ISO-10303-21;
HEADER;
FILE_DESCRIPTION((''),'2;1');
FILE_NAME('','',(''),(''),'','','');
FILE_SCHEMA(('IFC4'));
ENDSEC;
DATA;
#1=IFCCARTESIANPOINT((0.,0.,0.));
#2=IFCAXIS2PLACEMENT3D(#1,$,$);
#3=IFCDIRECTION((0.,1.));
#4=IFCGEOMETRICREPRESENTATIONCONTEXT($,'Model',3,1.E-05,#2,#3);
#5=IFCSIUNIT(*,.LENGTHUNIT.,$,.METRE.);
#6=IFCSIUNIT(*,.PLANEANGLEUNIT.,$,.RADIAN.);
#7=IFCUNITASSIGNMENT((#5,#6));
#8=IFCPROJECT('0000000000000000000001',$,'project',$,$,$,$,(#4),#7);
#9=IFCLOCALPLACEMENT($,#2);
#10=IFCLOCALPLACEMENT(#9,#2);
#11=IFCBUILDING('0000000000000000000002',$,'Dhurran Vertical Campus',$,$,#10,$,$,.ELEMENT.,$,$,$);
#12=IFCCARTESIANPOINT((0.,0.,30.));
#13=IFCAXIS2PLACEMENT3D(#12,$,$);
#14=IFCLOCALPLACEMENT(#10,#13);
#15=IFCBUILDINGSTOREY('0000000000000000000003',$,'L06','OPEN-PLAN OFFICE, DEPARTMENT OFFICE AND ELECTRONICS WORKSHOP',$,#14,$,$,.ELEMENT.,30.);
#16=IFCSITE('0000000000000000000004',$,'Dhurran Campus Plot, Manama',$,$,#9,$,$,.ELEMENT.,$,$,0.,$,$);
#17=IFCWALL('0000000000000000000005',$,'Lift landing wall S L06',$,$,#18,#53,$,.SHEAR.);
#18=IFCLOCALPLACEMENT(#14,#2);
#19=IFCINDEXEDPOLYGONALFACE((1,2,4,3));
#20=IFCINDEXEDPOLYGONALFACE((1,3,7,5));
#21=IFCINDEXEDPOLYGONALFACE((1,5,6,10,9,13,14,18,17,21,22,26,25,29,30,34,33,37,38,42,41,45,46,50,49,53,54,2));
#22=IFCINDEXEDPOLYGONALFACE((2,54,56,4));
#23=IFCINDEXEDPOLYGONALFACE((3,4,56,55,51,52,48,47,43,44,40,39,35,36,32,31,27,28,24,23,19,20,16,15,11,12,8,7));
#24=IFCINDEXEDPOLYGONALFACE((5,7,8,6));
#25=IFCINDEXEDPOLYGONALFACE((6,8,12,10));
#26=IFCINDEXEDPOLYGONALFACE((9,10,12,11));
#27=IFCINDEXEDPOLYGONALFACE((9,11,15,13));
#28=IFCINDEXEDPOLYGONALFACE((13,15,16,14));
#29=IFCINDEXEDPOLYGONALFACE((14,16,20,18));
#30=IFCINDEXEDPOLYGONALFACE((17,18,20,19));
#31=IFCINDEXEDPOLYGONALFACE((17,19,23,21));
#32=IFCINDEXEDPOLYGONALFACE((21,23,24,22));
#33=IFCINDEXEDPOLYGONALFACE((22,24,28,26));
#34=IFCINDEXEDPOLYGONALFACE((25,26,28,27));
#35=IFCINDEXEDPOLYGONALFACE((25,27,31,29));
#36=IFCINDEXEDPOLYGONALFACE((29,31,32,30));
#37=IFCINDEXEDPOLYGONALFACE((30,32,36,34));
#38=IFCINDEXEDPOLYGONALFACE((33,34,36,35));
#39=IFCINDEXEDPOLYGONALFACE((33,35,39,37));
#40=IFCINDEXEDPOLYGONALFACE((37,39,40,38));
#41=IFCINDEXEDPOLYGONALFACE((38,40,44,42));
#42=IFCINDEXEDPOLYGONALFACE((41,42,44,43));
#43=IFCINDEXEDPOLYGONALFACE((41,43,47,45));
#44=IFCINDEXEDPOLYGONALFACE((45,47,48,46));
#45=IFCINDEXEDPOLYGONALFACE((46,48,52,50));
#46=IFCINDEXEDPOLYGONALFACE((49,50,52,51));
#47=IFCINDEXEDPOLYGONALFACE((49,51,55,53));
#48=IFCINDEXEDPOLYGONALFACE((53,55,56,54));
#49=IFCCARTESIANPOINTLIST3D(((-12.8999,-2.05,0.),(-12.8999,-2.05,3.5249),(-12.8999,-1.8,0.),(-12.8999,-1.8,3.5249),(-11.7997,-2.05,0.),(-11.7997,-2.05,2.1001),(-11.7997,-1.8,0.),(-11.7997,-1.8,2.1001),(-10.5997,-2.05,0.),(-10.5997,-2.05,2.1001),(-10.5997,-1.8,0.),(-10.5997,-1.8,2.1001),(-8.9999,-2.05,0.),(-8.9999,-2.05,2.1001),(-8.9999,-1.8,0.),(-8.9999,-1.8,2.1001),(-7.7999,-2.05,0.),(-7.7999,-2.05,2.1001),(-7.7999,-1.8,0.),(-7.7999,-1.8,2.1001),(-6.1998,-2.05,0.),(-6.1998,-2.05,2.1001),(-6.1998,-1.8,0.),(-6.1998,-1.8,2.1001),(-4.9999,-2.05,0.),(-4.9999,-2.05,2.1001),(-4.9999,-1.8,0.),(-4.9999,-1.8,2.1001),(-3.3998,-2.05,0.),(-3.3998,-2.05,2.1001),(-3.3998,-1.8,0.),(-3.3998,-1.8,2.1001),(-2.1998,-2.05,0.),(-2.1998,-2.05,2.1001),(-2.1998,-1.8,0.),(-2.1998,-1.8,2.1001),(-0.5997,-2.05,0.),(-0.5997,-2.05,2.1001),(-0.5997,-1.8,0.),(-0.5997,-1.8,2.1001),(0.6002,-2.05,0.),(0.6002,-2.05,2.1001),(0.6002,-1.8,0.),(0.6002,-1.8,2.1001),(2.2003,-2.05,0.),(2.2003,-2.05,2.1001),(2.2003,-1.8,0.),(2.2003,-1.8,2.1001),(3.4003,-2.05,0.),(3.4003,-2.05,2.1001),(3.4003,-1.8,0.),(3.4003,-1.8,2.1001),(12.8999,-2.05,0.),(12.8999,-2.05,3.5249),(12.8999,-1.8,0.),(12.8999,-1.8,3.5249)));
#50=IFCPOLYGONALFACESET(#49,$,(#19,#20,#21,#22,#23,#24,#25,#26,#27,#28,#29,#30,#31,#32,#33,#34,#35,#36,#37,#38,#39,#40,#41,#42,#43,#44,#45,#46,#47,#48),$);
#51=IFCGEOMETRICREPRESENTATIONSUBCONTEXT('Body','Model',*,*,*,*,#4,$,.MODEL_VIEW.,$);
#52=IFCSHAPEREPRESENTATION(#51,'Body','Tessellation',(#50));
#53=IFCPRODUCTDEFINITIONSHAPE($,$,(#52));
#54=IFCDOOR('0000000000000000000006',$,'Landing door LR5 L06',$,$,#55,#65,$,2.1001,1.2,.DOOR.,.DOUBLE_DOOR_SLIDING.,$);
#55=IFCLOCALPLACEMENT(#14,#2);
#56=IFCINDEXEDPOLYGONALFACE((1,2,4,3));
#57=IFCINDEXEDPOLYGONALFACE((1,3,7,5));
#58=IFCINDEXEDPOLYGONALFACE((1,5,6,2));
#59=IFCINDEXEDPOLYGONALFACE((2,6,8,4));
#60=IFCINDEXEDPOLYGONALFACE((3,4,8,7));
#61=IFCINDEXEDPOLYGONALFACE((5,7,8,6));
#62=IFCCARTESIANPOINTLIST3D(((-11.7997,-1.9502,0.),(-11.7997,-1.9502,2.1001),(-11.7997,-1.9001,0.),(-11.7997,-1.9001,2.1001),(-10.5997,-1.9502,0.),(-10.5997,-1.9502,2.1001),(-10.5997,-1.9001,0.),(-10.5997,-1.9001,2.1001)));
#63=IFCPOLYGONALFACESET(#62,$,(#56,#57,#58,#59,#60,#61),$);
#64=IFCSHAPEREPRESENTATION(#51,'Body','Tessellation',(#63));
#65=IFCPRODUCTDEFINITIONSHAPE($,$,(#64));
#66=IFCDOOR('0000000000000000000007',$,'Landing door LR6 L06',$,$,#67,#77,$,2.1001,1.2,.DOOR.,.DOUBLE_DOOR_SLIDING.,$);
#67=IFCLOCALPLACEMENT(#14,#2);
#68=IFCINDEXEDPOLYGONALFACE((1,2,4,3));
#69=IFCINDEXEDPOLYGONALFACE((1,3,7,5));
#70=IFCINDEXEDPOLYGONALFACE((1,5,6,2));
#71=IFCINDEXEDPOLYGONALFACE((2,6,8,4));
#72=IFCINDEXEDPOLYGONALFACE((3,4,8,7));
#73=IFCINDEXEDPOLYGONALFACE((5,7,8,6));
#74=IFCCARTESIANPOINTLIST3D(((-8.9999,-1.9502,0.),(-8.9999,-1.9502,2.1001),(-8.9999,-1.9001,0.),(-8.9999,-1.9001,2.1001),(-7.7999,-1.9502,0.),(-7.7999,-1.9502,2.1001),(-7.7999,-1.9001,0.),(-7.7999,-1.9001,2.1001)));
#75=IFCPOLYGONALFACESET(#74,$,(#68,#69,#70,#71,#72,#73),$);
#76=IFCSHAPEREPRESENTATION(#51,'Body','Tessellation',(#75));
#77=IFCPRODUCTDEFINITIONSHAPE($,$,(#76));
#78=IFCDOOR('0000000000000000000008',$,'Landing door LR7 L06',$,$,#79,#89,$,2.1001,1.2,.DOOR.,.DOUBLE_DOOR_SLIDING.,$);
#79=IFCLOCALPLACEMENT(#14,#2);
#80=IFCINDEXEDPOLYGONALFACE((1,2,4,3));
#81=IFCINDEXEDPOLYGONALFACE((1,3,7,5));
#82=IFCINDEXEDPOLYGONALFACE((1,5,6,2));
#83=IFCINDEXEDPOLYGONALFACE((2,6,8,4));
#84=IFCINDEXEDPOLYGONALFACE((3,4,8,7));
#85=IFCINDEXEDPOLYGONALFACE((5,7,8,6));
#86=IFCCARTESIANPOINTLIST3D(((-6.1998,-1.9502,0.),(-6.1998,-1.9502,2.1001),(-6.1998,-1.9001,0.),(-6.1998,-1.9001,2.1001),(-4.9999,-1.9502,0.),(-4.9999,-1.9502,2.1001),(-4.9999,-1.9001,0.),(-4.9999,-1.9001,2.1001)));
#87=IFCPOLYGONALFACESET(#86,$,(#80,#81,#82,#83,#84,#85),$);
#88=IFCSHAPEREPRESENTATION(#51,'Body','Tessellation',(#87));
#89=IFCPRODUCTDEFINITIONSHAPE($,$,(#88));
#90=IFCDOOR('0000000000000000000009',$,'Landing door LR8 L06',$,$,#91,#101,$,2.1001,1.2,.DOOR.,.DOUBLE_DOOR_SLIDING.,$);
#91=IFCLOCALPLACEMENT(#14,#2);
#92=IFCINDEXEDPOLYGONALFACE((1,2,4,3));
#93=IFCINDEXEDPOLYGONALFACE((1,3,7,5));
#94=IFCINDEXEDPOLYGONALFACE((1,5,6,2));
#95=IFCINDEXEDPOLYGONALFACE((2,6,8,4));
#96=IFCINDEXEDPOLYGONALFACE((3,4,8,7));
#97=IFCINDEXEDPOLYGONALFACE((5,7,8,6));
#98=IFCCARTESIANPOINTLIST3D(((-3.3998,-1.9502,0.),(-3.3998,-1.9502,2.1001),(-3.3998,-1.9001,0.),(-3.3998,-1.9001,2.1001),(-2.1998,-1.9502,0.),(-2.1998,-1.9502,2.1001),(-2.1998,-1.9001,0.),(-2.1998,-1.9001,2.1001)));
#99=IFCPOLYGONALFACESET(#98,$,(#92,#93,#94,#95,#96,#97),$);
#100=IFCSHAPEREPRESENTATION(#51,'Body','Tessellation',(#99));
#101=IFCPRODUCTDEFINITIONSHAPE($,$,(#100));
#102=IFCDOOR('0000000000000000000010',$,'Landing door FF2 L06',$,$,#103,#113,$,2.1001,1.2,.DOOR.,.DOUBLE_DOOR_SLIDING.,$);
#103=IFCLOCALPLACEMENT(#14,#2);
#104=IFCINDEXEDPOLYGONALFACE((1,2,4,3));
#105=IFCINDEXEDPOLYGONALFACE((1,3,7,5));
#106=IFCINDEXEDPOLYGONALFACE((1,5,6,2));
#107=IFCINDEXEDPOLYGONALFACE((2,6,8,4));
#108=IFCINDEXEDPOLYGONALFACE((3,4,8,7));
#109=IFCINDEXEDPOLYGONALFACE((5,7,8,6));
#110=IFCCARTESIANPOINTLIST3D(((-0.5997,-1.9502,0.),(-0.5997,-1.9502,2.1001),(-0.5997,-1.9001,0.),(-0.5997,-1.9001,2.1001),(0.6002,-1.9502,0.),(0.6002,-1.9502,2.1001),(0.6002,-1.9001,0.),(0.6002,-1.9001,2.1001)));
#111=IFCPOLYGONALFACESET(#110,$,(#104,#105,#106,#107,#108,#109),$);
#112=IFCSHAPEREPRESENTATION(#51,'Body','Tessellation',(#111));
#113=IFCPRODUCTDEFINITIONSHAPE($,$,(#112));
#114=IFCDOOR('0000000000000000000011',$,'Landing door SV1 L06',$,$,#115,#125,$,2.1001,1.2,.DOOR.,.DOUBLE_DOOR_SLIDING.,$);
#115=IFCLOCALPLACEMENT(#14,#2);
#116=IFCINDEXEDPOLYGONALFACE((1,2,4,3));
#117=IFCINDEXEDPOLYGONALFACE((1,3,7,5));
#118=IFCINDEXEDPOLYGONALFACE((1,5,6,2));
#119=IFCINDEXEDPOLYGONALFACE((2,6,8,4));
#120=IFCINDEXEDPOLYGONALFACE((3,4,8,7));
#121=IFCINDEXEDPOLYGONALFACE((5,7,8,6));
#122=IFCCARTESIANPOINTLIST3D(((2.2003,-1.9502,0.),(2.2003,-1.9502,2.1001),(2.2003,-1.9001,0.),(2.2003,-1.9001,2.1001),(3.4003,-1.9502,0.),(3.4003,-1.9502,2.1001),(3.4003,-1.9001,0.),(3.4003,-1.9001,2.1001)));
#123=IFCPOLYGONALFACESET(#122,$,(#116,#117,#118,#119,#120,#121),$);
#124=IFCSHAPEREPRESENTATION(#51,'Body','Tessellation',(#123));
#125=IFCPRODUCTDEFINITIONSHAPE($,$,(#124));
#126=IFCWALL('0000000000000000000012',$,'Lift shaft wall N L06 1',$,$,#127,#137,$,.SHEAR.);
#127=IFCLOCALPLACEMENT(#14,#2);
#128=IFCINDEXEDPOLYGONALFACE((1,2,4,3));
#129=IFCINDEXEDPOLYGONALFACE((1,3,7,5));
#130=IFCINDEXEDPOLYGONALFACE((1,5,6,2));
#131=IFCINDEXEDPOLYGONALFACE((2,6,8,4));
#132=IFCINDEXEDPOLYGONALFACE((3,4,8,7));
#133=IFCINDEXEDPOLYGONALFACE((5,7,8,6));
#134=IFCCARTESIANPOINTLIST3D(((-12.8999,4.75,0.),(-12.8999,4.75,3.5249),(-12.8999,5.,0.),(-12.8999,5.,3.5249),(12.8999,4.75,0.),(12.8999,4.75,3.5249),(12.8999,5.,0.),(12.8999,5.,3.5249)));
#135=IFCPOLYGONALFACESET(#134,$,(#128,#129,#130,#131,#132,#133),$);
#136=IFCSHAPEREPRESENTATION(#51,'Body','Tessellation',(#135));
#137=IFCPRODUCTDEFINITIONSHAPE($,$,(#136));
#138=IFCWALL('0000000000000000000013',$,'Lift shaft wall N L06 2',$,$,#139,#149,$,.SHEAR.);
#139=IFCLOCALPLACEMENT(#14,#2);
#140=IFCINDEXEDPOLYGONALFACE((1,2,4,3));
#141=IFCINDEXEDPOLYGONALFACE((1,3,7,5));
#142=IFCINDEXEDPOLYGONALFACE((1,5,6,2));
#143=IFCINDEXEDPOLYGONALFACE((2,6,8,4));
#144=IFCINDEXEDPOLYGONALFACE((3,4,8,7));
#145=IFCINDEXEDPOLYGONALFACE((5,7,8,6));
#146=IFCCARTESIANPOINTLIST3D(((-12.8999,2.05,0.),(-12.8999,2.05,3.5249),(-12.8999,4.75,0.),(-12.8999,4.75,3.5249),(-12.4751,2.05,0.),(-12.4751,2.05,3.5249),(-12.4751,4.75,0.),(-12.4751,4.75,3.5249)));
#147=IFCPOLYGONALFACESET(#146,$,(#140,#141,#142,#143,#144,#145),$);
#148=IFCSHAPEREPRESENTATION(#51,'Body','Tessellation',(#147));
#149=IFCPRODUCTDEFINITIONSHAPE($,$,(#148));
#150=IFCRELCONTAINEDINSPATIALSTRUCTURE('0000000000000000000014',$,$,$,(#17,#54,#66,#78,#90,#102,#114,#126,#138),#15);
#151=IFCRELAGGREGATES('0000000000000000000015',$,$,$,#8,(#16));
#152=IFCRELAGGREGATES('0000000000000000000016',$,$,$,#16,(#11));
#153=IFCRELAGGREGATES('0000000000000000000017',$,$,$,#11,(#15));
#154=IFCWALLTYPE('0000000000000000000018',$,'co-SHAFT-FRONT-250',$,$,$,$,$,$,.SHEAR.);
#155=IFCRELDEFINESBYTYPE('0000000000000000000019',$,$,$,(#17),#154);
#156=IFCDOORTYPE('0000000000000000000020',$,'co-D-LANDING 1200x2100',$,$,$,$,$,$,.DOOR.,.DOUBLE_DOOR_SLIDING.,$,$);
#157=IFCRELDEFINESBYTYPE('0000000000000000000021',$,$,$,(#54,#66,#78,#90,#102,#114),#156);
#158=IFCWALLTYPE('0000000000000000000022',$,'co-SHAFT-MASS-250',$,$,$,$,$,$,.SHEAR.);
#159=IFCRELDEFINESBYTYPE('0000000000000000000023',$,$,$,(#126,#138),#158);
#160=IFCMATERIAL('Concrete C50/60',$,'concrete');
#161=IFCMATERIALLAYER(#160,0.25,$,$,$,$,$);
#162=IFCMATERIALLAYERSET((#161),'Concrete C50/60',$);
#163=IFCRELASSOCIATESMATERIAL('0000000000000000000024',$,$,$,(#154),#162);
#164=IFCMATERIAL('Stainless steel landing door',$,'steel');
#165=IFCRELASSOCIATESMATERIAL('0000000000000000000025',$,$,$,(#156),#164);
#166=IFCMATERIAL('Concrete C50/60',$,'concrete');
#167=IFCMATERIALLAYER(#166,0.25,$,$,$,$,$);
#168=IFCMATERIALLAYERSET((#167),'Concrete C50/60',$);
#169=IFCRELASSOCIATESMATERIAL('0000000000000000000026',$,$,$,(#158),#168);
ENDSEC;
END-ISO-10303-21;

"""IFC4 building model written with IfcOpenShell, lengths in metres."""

from ifc_helpers import new_model, si_unit, direction, frame, frame_2d, origin, place, context, subcontext, project, spatial, polyline, rectangle, outline, extrude, material, layer, layer_set, type_object, element, fill, save


model = new_model("IFC4")

# Units and contexts
model_context = context("Model", 3, precision=1e-05, world=origin(), true_north=direction((0.0, 1.0)))
body_context = subcontext(model_context, "Body", "Model", "MODEL_VIEW")
ifc_project = project(units=[si_unit("LENGTHUNIT", "METRE"), si_unit("PLANEANGLEUNIT", "RADIAN")], contexts=[model_context])

# Site, building, storey
site_placement = place(None, origin())
site = spatial("IfcSite", under=ifc_project, at=site_placement, Name="Dhurran Campus Plot, Manama", CompositionType="ELEMENT", RefElevation=0.0)
building_placement = place(site_placement, origin())
building = spatial("IfcBuilding", under=site, at=building_placement, Name="Dhurran Vertical Campus", CompositionType="ELEMENT")
storey_placement = place(building_placement, frame((0.0, 0.0, 30.0)))
storey = spatial("IfcBuildingStorey", under=building, at=storey_placement, Name="L06", Description="OPEN-PLAN OFFICE, DEPARTMENT OFFICE AND ELECTRONICS WORKSHOP", CompositionType="ELEMENT", Elevation=30.0)

# Wall, openings, doors
ifc_material_1 = material(Name="Concrete C50/60", Category="concrete")
ifc_layer_1 = layer(ifc_material_1, 0.25)
ifc_layer_set_1 = layer_set([ifc_layer_1], Name="Concrete C50/60")
wall_type_1 = type_object("IfcWallType", Name="co-SHAFT-FRONT-250", PredefinedType="SHEAR", material=ifc_layer_set_1)
wall_1_placement = place(storey_placement, frame((-12.8999, -1.925, 0.0), z_axis=(0.0, 0.0, 1.0), x_axis=(1.0, 0.0, 0.0)))
wall_1 = element("IfcWall", 1, at=wall_1_placement, inside=storey, type_object=wall_type_1, Name="Lift landing wall S L06", PredefinedType="SHEAR", context=body_context, shape_type="SweptSolid", body=[
    extrude(rectangle(XDim=25.7998, YDim=0.25, at=frame_2d((12.8999, 0.0))), origin(), (0.0, 0.0, 1.0), 3.5249),
])
opening_1_placement = place(wall_1_placement, frame((1.1001, 0.0, 0.0)))
opening_1 = element("IfcOpeningElement", 2, at=opening_1_placement, cuts=wall_1, PredefinedType="OPENING", context=body_context, shape_type="SweptSolid", body=[
    extrude(rectangle(XDim=1.2, YDim=2.1001, at=frame_2d((0.6001, 1.05))), frame((0.0, 0.135, 0.0), z_axis=(0.0, -1.0, 0.0), x_axis=(1.0, 0.0, 0.0)), (0.0, 0.0, 1.0), 0.27),
])
opening_2_placement = place(wall_1_placement, frame((3.8999, 0.0, 0.0)))
opening_2 = element("IfcOpeningElement", 3, at=opening_2_placement, cuts=wall_1, PredefinedType="OPENING", context=body_context, shape_type="SweptSolid", body=[
    extrude(rectangle(XDim=1.2, YDim=2.1001, at=frame_2d((0.6001, 1.05))), frame((0.0, 0.135, 0.0), z_axis=(0.0, -1.0, 0.0), x_axis=(1.0, 0.0, 0.0)), (0.0, 0.0, 1.0), 0.27),
])
opening_3_placement = place(wall_1_placement, frame((6.7, 0.0, 0.0)))
opening_3 = element("IfcOpeningElement", 4, at=opening_3_placement, cuts=wall_1, PredefinedType="OPENING", context=body_context, shape_type="SweptSolid", body=[
    extrude(rectangle(XDim=1.2, YDim=2.1001, at=frame_2d((0.6001, 1.05))), frame((0.0, 0.135, 0.0), z_axis=(0.0, -1.0, 0.0), x_axis=(1.0, 0.0, 0.0)), (0.0, 0.0, 1.0), 0.27),
])
opening_4_placement = place(wall_1_placement, frame((9.5, 0.0, 0.0)))
opening_4 = element("IfcOpeningElement", 5, at=opening_4_placement, cuts=wall_1, PredefinedType="OPENING", context=body_context, shape_type="SweptSolid", body=[
    extrude(rectangle(XDim=1.2, YDim=2.1001, at=frame_2d((0.6001, 1.05))), frame((0.0, 0.135, 0.0), z_axis=(0.0, -1.0, 0.0), x_axis=(1.0, 0.0, 0.0)), (0.0, 0.0, 1.0), 0.27),
])
opening_5_placement = place(wall_1_placement, frame((12.3, 0.0, 0.0)))
opening_5 = element("IfcOpeningElement", 6, at=opening_5_placement, cuts=wall_1, PredefinedType="OPENING", context=body_context, shape_type="SweptSolid", body=[
    extrude(rectangle(XDim=1.2, YDim=2.1001, at=frame_2d((0.6001, 1.05))), frame((0.0, 0.135, 0.0), z_axis=(0.0, -1.0, 0.0), x_axis=(1.0, 0.0, 0.0)), (0.0, 0.0, 1.0), 0.27),
])
opening_6_placement = place(wall_1_placement, frame((15.1001, 0.0, 0.0)))
opening_6 = element("IfcOpeningElement", 7, at=opening_6_placement, cuts=wall_1, PredefinedType="OPENING", context=body_context, shape_type="SweptSolid", body=[
    extrude(rectangle(XDim=1.2, YDim=2.1001, at=frame_2d((0.6001, 1.05))), frame((0.0, 0.135, 0.0), z_axis=(0.0, -1.0, 0.0), x_axis=(1.0, 0.0, 0.0)), (0.0, 0.0, 1.0), 0.27),
])
ifc_material_2 = material(Name="Stainless steel landing door", Category="steel")
door_type_1 = type_object("IfcDoorType", Name="co-D-LANDING 1200x2100", OperationType="DOUBLE_DOOR_SLIDING", PredefinedType="DOOR", material=ifc_material_2)
door_1_placement = place(opening_1_placement, origin())
door_1 = element("IfcDoor", 8, at=door_1_placement, inside=storey, type_object=door_type_1, Name="Landing door LR5 L06", OperationType="DOUBLE_DOOR_SLIDING", OverallHeight=2.1001, OverallWidth=1.2, PredefinedType="DOOR", context=body_context, shape_type="SweptSolid", body=[
    extrude(rectangle(XDim=1.2, YDim=2.1001, at=frame_2d((0.6001, 1.05))), frame((0.0, 0.0249, 0.0), z_axis=(0.0, -1.0, 0.0), x_axis=(1.0, 0.0, 0.0)), (0.0, 0.0, 1.0), 0.05),
])
fill(opening_1, door_1)
door_2_placement = place(opening_2_placement, origin())
door_2 = element("IfcDoor", 9, at=door_2_placement, inside=storey, type_object=door_type_1, Name="Landing door LR6 L06", OperationType="DOUBLE_DOOR_SLIDING", OverallHeight=2.1001, OverallWidth=1.2, PredefinedType="DOOR", context=body_context, shape_type="SweptSolid", body=[
    extrude(rectangle(XDim=1.2, YDim=2.1001, at=frame_2d((0.6001, 1.05))), frame((0.0, 0.0249, 0.0), z_axis=(0.0, -1.0, 0.0), x_axis=(1.0, 0.0, 0.0)), (0.0, 0.0, 1.0), 0.05),
])
fill(opening_2, door_2)
door_3_placement = place(opening_3_placement, origin())
door_3 = element("IfcDoor", 10, at=door_3_placement, inside=storey, type_object=door_type_1, Name="Landing door LR7 L06", OperationType="DOUBLE_DOOR_SLIDING", OverallHeight=2.1001, OverallWidth=1.2, PredefinedType="DOOR", context=body_context, shape_type="SweptSolid", body=[
    extrude(rectangle(XDim=1.2, YDim=2.1001, at=frame_2d((0.6001, 1.05))), frame((0.0, 0.0249, 0.0), z_axis=(0.0, -1.0, 0.0), x_axis=(1.0, 0.0, 0.0)), (0.0, 0.0, 1.0), 0.05),
])
fill(opening_3, door_3)
door_4_placement = place(opening_4_placement, origin())
door_4 = element("IfcDoor", 11, at=door_4_placement, inside=storey, type_object=door_type_1, Name="Landing door LR8 L06", OperationType="DOUBLE_DOOR_SLIDING", OverallHeight=2.1001, OverallWidth=1.2, PredefinedType="DOOR", context=body_context, shape_type="SweptSolid", body=[
    extrude(rectangle(XDim=1.2, YDim=2.1001, at=frame_2d((0.6001, 1.05))), frame((0.0, 0.0249, 0.0), z_axis=(0.0, -1.0, 0.0), x_axis=(1.0, 0.0, 0.0)), (0.0, 0.0, 1.0), 0.05),
])
fill(opening_4, door_4)
door_5_placement = place(opening_5_placement, origin())
door_5 = element("IfcDoor", 12, at=door_5_placement, inside=storey, type_object=door_type_1, Name="Landing door FF2 L06", OperationType="DOUBLE_DOOR_SLIDING", OverallHeight=2.1001, OverallWidth=1.2, PredefinedType="DOOR", context=body_context, shape_type="SweptSolid", body=[
    extrude(rectangle(XDim=1.2, YDim=2.1001, at=frame_2d((0.6001, 1.05))), frame((0.0, 0.0249, 0.0), z_axis=(0.0, -1.0, 0.0), x_axis=(1.0, 0.0, 0.0)), (0.0, 0.0, 1.0), 0.05),
])
fill(opening_5, door_5)
door_6_placement = place(opening_6_placement, origin())
door_6 = element("IfcDoor", 13, at=door_6_placement, inside=storey, type_object=door_type_1, Name="Landing door SV1 L06", OperationType="DOUBLE_DOOR_SLIDING", OverallHeight=2.1001, OverallWidth=1.2, PredefinedType="DOOR", context=body_context, shape_type="SweptSolid", body=[
    extrude(rectangle(XDim=1.2, YDim=2.1001, at=frame_2d((0.6001, 1.05))), frame((0.0, 0.0249, 0.0), z_axis=(0.0, -1.0, 0.0), x_axis=(1.0, 0.0, 0.0)), (0.0, 0.0, 1.0), 0.05),
])
fill(opening_6, door_6)

# Walls
ifc_material_3 = material(Name="Concrete C50/60", Category="concrete")
ifc_layer_2 = layer(ifc_material_3, 0.25)
ifc_layer_set_2 = layer_set([ifc_layer_2], Name="Concrete C50/60")
wall_type_2 = type_object("IfcWallType", Name="co-SHAFT-MASS-250", PredefinedType="SHEAR", material=ifc_layer_set_2)
wall_2_placement = place(storey_placement, origin())
element("IfcWall", 14, at=wall_2_placement, inside=storey, type_object=wall_type_2, Name="Lift shaft wall N L06 1", PredefinedType="SHEAR", context=body_context, shape_type="SweptSolid", body=[
    extrude(outline(polyline([(-12.8999, 4.75), (12.8999, 4.75), (12.8999, 5.0), (-12.8999, 5.0), (-12.8999, 4.75)])), origin(), (0.0, 0.0, 1.0), 3.5249),
])
wall_3_placement = place(storey_placement, origin())
element("IfcWall", 15, at=wall_3_placement, inside=storey, type_object=wall_type_2, Name="Lift shaft wall N L06 2", PredefinedType="SHEAR", context=body_context, shape_type="SweptSolid", body=[
    extrude(outline(polyline([(-12.8999, 2.05), (-12.4751, 2.05), (-12.4751, 4.75), (-12.8999, 4.75), (-12.8999, 2.05)])), origin(), (0.0, 0.0, 1.0), 3.5249),
])

save(model, "model.ifc")
